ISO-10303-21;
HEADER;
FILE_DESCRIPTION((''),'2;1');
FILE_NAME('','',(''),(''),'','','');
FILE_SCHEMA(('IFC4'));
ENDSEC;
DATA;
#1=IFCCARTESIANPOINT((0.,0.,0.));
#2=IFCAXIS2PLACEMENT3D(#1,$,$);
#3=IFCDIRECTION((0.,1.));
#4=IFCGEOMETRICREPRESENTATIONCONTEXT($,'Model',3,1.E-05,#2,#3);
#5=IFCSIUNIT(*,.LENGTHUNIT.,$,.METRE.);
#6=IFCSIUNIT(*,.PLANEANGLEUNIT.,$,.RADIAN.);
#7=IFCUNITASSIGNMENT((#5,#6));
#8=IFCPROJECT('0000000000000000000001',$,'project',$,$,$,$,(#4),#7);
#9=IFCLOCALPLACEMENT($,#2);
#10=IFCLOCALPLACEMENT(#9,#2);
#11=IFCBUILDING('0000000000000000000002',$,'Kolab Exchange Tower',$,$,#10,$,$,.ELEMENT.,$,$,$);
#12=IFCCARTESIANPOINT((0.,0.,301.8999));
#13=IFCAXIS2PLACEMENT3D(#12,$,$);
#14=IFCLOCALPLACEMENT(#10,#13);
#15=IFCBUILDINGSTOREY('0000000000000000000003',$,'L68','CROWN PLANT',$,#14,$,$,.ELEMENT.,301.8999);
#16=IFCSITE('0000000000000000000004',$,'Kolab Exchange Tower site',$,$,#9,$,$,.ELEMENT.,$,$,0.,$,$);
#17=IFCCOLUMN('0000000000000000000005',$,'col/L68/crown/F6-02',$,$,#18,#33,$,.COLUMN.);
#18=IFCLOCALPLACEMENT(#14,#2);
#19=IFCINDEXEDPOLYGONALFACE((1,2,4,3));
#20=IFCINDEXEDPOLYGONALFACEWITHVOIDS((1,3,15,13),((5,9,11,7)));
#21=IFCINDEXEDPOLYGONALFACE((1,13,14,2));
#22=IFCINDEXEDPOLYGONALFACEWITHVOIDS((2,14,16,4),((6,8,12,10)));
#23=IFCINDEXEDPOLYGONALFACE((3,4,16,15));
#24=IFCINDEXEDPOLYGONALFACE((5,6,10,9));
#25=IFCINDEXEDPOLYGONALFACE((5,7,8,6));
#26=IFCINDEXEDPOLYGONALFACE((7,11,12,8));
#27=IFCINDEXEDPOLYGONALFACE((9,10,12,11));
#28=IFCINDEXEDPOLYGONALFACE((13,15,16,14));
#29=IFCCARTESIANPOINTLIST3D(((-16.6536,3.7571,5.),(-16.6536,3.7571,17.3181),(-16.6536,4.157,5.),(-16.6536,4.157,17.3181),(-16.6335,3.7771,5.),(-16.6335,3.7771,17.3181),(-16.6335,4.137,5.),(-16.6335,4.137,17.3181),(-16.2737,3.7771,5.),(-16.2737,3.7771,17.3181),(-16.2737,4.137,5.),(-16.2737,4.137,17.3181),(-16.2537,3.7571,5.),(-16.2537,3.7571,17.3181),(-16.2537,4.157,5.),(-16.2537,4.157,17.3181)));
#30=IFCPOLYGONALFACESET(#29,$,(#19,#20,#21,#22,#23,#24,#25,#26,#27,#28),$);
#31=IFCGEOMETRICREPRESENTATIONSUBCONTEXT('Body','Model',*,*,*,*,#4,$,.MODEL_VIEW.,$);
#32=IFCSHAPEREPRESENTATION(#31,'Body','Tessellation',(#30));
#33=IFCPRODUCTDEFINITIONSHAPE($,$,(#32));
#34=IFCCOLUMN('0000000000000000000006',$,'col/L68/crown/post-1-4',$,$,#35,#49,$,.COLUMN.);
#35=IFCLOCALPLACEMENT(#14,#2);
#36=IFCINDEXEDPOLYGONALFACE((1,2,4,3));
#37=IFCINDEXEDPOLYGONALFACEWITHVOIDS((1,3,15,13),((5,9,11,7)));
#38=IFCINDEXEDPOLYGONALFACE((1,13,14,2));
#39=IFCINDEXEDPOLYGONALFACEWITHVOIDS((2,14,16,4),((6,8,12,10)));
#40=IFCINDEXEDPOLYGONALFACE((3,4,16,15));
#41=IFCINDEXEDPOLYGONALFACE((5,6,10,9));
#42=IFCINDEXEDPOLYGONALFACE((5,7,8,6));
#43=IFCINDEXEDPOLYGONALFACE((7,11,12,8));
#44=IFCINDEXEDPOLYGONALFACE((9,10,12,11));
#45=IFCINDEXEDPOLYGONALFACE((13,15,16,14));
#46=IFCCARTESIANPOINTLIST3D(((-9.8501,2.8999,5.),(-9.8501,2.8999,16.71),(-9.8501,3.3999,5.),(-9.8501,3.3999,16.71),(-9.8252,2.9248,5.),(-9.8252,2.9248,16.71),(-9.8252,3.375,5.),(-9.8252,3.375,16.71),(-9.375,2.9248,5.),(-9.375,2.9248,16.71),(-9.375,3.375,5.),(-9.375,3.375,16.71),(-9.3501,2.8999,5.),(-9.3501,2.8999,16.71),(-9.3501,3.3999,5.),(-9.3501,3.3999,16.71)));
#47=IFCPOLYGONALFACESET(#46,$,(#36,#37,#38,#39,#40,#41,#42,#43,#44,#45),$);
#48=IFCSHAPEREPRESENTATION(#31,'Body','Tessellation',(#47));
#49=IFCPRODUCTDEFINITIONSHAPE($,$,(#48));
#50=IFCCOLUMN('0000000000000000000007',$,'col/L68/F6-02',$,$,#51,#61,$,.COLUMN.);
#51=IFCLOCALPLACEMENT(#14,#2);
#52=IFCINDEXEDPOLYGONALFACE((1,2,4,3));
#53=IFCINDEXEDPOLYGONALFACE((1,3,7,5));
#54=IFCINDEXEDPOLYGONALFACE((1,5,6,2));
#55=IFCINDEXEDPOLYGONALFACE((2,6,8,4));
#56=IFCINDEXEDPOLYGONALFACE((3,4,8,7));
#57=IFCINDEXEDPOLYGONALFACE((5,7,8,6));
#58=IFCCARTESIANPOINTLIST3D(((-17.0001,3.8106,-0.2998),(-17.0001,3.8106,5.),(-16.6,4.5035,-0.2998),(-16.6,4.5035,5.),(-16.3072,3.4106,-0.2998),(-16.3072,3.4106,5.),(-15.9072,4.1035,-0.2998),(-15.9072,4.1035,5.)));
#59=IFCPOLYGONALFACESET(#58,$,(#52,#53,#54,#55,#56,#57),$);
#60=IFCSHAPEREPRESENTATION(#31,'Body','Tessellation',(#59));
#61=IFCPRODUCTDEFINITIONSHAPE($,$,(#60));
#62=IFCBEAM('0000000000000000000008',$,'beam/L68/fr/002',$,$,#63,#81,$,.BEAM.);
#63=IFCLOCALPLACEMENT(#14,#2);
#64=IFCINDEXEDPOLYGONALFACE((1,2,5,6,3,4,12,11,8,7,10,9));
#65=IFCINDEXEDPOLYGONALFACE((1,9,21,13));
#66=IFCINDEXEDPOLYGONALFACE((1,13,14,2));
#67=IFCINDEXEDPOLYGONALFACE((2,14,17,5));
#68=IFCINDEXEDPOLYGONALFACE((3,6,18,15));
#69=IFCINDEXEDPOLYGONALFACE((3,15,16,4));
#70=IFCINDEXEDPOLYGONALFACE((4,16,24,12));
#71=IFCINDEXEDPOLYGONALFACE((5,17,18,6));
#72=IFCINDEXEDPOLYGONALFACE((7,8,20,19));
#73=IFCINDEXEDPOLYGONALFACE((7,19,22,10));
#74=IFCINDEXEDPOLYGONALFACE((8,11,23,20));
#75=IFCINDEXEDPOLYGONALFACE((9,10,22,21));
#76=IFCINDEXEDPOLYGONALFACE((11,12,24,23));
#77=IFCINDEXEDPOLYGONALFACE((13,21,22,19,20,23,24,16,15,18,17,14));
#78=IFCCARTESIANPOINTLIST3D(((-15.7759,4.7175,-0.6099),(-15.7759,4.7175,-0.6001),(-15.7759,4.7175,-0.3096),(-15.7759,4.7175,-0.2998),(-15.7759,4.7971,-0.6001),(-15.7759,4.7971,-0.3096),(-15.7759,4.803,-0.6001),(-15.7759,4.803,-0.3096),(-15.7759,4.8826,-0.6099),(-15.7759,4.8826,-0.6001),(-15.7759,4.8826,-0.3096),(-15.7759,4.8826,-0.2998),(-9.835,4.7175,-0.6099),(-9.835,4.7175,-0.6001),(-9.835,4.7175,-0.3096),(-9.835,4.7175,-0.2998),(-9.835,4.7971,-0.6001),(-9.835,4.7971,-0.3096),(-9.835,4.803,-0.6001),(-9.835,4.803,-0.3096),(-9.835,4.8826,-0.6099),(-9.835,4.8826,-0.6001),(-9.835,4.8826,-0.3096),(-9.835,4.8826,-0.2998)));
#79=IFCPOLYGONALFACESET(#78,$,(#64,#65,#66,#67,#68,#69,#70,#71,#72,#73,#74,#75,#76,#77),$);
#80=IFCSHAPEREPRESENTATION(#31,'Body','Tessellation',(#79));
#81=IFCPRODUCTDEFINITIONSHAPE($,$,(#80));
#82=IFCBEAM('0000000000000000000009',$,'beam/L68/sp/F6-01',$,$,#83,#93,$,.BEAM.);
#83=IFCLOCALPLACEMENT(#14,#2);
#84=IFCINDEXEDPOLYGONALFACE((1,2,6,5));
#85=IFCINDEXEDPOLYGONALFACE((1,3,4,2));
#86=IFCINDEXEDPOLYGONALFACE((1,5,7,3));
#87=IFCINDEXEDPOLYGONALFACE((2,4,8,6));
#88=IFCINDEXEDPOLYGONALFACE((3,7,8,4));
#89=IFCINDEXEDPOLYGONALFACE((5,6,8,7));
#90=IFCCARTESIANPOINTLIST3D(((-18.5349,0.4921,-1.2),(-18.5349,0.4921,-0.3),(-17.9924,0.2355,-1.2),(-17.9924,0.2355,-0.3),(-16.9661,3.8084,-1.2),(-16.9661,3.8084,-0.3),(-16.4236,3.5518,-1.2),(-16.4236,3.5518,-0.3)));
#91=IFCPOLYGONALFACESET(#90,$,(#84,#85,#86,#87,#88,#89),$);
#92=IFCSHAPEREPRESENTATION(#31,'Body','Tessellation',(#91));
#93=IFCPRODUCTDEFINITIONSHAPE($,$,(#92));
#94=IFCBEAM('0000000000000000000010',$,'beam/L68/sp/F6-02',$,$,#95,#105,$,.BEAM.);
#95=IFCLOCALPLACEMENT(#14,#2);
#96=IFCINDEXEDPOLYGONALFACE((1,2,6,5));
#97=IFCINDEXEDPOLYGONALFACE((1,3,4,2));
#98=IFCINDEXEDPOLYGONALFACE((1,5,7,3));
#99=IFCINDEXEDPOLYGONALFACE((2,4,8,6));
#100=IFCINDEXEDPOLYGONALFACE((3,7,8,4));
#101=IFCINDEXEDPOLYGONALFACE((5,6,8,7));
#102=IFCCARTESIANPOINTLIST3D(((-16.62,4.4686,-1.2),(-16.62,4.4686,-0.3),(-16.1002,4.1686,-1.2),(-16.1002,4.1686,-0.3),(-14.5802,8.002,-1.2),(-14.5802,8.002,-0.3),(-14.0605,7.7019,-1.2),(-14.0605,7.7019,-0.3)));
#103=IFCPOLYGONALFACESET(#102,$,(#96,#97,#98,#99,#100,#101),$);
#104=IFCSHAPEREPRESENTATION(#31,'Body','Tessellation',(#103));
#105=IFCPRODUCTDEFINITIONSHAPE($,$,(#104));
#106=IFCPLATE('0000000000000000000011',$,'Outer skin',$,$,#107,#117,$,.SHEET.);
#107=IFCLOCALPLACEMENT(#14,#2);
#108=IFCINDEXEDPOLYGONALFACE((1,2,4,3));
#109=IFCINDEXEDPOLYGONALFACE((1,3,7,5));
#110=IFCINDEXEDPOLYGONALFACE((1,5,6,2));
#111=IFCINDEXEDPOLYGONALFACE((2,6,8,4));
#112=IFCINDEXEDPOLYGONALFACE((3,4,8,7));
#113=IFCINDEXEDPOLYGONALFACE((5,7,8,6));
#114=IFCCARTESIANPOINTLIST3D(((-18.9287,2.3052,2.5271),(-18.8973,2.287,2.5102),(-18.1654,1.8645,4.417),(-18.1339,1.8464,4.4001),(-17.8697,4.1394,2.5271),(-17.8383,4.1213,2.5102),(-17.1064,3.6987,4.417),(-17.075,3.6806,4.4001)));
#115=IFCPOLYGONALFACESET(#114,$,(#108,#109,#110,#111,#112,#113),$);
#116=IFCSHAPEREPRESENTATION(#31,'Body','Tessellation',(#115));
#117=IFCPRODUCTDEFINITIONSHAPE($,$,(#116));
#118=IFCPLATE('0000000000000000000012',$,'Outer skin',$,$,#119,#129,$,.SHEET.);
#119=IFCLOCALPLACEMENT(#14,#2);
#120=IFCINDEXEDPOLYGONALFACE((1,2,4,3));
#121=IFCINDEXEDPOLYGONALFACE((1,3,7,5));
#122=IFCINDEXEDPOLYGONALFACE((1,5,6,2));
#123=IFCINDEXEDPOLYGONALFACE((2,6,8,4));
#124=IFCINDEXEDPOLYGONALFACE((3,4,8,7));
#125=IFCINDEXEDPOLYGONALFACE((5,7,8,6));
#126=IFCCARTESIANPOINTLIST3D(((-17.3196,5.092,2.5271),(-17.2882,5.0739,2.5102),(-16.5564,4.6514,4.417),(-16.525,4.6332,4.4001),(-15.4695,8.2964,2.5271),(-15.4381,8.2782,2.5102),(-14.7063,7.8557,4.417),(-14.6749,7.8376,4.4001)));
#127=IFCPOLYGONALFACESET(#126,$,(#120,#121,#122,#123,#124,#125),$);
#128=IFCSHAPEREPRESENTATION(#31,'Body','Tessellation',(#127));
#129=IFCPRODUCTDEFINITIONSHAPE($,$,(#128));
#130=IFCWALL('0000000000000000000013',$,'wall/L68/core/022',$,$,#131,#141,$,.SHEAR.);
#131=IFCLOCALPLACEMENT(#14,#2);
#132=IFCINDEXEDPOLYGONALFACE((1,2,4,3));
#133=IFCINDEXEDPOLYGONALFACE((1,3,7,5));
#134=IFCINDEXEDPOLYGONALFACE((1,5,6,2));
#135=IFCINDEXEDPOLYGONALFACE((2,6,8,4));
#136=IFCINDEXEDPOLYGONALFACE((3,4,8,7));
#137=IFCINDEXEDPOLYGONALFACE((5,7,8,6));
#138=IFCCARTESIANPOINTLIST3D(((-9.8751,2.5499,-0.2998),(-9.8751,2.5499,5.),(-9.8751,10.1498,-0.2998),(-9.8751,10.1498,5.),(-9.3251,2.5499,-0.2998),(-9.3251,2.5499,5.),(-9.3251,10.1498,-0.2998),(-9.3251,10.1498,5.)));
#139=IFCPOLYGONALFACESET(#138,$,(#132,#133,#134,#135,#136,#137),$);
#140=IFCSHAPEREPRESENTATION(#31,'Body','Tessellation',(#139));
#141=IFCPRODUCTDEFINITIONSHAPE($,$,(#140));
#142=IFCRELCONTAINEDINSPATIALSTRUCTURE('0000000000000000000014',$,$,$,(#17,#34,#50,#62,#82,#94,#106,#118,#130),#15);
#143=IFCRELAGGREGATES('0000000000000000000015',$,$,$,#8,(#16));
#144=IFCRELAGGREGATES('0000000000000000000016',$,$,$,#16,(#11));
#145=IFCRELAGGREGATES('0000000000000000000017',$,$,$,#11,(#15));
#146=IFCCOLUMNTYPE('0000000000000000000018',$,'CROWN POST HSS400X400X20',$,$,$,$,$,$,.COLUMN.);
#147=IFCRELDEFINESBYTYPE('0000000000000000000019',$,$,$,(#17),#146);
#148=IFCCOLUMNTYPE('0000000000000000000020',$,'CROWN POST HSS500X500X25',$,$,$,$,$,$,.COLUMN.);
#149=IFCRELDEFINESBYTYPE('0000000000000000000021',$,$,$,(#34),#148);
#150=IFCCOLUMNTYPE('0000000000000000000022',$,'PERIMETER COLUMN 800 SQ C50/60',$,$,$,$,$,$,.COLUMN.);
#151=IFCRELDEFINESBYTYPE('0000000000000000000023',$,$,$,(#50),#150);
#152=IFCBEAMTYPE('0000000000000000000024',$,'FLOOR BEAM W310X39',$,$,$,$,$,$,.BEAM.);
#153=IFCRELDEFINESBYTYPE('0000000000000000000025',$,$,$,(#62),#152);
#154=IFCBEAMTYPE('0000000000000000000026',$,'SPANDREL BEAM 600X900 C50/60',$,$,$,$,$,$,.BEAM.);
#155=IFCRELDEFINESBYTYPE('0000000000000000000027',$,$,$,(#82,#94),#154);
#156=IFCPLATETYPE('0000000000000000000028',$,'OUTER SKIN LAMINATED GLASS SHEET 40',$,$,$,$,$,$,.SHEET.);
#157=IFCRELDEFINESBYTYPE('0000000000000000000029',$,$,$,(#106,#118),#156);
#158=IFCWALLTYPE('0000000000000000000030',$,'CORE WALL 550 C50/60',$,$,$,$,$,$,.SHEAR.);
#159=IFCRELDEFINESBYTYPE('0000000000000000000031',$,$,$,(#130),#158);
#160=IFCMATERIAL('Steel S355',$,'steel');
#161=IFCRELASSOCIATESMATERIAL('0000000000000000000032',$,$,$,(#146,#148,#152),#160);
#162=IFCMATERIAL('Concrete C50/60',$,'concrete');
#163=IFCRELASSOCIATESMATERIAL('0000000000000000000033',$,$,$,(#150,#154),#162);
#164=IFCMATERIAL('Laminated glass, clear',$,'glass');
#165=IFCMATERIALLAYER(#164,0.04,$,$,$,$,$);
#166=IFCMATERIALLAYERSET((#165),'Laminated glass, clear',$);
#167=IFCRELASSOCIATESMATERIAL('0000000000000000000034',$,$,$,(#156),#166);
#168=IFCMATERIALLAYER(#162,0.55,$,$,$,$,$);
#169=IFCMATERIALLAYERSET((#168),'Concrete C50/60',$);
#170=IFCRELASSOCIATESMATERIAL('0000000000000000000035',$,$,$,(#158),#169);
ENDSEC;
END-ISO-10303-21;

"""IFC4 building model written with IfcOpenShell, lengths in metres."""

from ifc_helpers import new_model, si_unit, direction, frame, frame_2d, origin, origin_2d, place, context, subcontext, project, spatial, polyline, rectangle, hollow_rectangle, i_section, outline, extrude, material, layer, layer_set, material_profile, profile_set, type_object, element, save


model = new_model("IFC4")

# Units and contexts
model_context = context("Model", 3, precision=1e-05, world=origin(), true_north=direction((0.0, 1.0)))
body_context = subcontext(model_context, "Body", "Model", "MODEL_VIEW")
ifc_project = project(units=[si_unit("LENGTHUNIT", "METRE"), si_unit("PLANEANGLEUNIT", "RADIAN")], contexts=[model_context])

# Site, building, storey
site_placement = place(None, origin())
site = spatial("IfcSite", under=ifc_project, at=site_placement, Name="Kolab Exchange Tower site", CompositionType="ELEMENT", RefElevation=0.0)
building_placement = place(site_placement, origin())
building = spatial("IfcBuilding", under=site, at=building_placement, Name="Kolab Exchange Tower", CompositionType="ELEMENT")
storey_placement = place(building_placement, frame((0.0, 0.0, 301.8999)))
storey = spatial("IfcBuildingStorey", under=building, at=storey_placement, Name="L68", Description="CROWN PLANT", CompositionType="ELEMENT", Elevation=301.8999)

# Columns
ifc_material_1 = material(Name="Steel S355", Category="steel")
ifc_material_profile_1 = material_profile(ifc_material_1, hollow_rectangle(XDim=0.3999, YDim=0.3999, WallThickness=0.02, at=origin_2d()), Name="HSS400X400X20")
ifc_profile_set_1 = profile_set([ifc_material_profile_1], Name="Steel S355")
column_type_1 = type_object("IfcColumnType", Name="CROWN POST HSS400X400X20", PredefinedType="COLUMN", material=ifc_profile_set_1)
column_1_placement = place(storey_placement, frame((-16.4536, 3.957, 5.0), z_axis=(0.0, 0.0, 1.0), x_axis=(1.0, 0.0, 0.0)))
element("IfcColumn", 1, at=column_1_placement, inside=storey, type_object=column_type_1, Name="col/L68/crown/F6-02", PredefinedType="COLUMN", context=body_context, shape_type="SweptSolid", body=[
    extrude(hollow_rectangle(XDim=0.3999, YDim=0.3999, WallThickness=0.02, at=origin_2d()), origin(), (0.0, 0.0, 1.0), 12.3181),
])
ifc_material_profile_2 = material_profile(ifc_material_1, hollow_rectangle(XDim=0.5, YDim=0.5, WallThickness=0.0249, at=origin_2d()), Name="HSS500X500X25")
ifc_profile_set_2 = profile_set([ifc_material_profile_2], Name="Steel S355")
column_type_2 = type_object("IfcColumnType", Name="CROWN POST HSS500X500X25", PredefinedType="COLUMN", material=ifc_profile_set_2)
column_2_placement = place(storey_placement, frame((-9.6001, 3.1499, 5.0), z_axis=(0.0, 0.0, 1.0), x_axis=(1.0, 0.0, 0.0)))
element("IfcColumn", 2, at=column_2_placement, inside=storey, type_object=column_type_2, Name="col/L68/crown/post-1-4", PredefinedType="COLUMN", context=body_context, shape_type="SweptSolid", body=[
    extrude(hollow_rectangle(XDim=0.5, YDim=0.5, WallThickness=0.0249, at=origin_2d()), origin(), (0.0, 0.0, 1.0), 11.71),
])
ifc_material_2 = material(Name="Concrete C50/60", Category="concrete")
ifc_material_profile_3 = material_profile(ifc_material_2, rectangle(XDim=0.8, YDim=0.8, at=origin_2d()), Name="RC800")
ifc_profile_set_3 = profile_set([ifc_material_profile_3], Name="Concrete C50/60")
column_type_3 = type_object("IfcColumnType", Name="PERIMETER COLUMN 800 SQ C50/60", PredefinedType="COLUMN", material=ifc_profile_set_3)
column_3_placement = place(storey_placement, frame((-16.4536, 3.957, -0.2998), z_axis=(0.0, 0.0, 1.0), x_axis=(0.5, 0.866025, 0.0)))
element("IfcColumn", 3, at=column_3_placement, inside=storey, type_object=column_type_3, Name="col/L68/F6-02", PredefinedType="COLUMN", context=body_context, shape_type="SweptSolid", body=[
    extrude(rectangle(XDim=0.8, YDim=0.8, at=origin_2d()), origin(), (0.0, 0.0, 1.0), 5.2998),
])

# Beams
ifc_material_profile_4 = material_profile(ifc_material_1, i_section(OverallWidth=0.165, OverallDepth=0.3101, WebThickness=0.0059, FlangeThickness=0.0098, at=origin_2d()), Name="W310X39")
ifc_profile_set_4 = profile_set([ifc_material_profile_4], Name="Steel S355")
beam_type_1 = type_object("IfcBeamType", Name="FLOOR BEAM W310X39", PredefinedType="BEAM", material=ifc_profile_set_4)
beam_1_placement = place(storey_placement, frame((-15.7759, 4.8, -0.4548), z_axis=(1.0, 0.0, 0.0), x_axis=(0.0, 1.0, 0.0)))
element("IfcBeam", 4, at=beam_1_placement, inside=storey, type_object=beam_type_1, Name="beam/L68/fr/002", PredefinedType="BEAM", context=body_context, shape_type="SweptSolid", body=[
    extrude(i_section(OverallWidth=0.165, OverallDepth=0.3101, WebThickness=0.0059, FlangeThickness=0.0098, at=origin_2d()), origin(), (0.0, 0.0, 1.0), 5.9409),
])
ifc_material_profile_5 = material_profile(ifc_material_2, rectangle(XDim=0.6001, YDim=0.8999, at=origin_2d()), Name="RC600X900")
ifc_profile_set_5 = profile_set([ifc_material_profile_5], Name="Concrete C50/60")
beam_type_2 = type_object("IfcBeamType", Name="SPANDREL BEAM 600X900 C50/60", PredefinedType="BEAM", material=ifc_profile_set_5)
beam_2_placement = place(storey_placement, frame((-18.2637, 0.3638, -0.75), z_axis=(0.427623, 0.903957, 0.0), x_axis=(-0.903957, 0.427623, 0.0)))
element("IfcBeam", 5, at=beam_2_placement, inside=storey, type_object=beam_type_2, Name="beam/L68/sp/F6-01", PredefinedType="BEAM", context=body_context, shape_type="SweptSolid", body=[
    extrude(rectangle(XDim=0.6001, YDim=0.8999, at=origin_2d()), origin(), (0.0, 0.0, 1.0), 3.6687),
])
beam_3_placement = place(storey_placement, frame((-16.3601, 4.3186, -0.75), z_axis=(0.499956, 0.866051, 0.0), x_axis=(-0.866051, 0.499956, 0.0)))
element("IfcBeam", 6, at=beam_3_placement, inside=storey, type_object=beam_type_2, Name="beam/L68/sp/F6-02", PredefinedType="BEAM", context=body_context, shape_type="SweptSolid", body=[
    extrude(rectangle(XDim=0.6001, YDim=0.8999, at=origin_2d()), origin(), (0.0, 0.0, 1.0), 4.0798),
])

# Plates
ifc_material_3 = material(Name="Laminated glass, clear", Category="glass")
ifc_layer_1 = layer(ifc_material_3, 0.04)
ifc_layer_set_1 = layer_set([ifc_layer_1], Name="Laminated glass, clear")
plate_type = type_object("IfcPlateType", Name="OUTER SKIN LAMINATED GLASS SHEET 40", PredefinedType="SHEET", material=ifc_layer_set_1)
plate_1_placement = place(storey_placement, frame((-18.9287, 2.3052, 2.5271), z_axis=(-0.784874, 0.453134, 0.422661), x_axis=(0.499996, 0.866028, 0.000019)))
element("IfcPlate", 7, at=plate_1_placement, inside=storey, type_object=plate_type, Name="Outer skin", PredefinedType="SHEET", context=body_context, shape_type="SweptSolid", body=[
    extrude(outline(polyline([(0.0, 0.0), (2.118, 0.0), (2.118, -2.0853), (0.0001, -2.0854), (0.0, 0.0)])), origin(), (0.0, 0.0, -1.0), 0.04),
])
plate_2_placement = place(storey_placement, frame((-17.3196, 5.092, 2.5271), z_axis=(-0.784878, 0.453166, 0.422619), x_axis=(0.500014, 0.866017, 0.0)))
element("IfcPlate", 8, at=plate_2_placement, inside=storey, type_object=plate_type, Name="Outer skin", PredefinedType="SHEET", context=body_context, shape_type="SweptSolid", body=[
    extrude(outline(polyline([(0.0, 0.0), (3.7001, 0.0), (3.7001, -2.0853), (0.0, -2.0853), (0.0, 0.0)])), origin(), (0.0, 0.0, -1.0), 0.04),
])

# Wall
ifc_layer_2 = layer(ifc_material_2, 0.55)
ifc_layer_set_2 = layer_set([ifc_layer_2], Name="Concrete C50/60")
wall_type_1 = type_object("IfcWallType", Name="CORE WALL 550 C50/60", PredefinedType="SHEAR", material=ifc_layer_set_2)
wall_1_placement = place(storey_placement, frame((-9.6001, 2.55, -0.2998), z_axis=(0.0, 0.0, 1.0), x_axis=(0.0, 1.0, 0.0)))
element("IfcWall", 9, at=wall_1_placement, inside=storey, type_object=wall_type_1, Name="wall/L68/core/022", PredefinedType="SHEAR", context=body_context, shape_type="SweptSolid", body=[
    extrude(rectangle(XDim=7.5999, YDim=0.55, at=frame_2d((3.7998, 0.0))), origin(), (0.0, 0.0, 1.0), 5.2998),
])

save(model, "model.ifc")
